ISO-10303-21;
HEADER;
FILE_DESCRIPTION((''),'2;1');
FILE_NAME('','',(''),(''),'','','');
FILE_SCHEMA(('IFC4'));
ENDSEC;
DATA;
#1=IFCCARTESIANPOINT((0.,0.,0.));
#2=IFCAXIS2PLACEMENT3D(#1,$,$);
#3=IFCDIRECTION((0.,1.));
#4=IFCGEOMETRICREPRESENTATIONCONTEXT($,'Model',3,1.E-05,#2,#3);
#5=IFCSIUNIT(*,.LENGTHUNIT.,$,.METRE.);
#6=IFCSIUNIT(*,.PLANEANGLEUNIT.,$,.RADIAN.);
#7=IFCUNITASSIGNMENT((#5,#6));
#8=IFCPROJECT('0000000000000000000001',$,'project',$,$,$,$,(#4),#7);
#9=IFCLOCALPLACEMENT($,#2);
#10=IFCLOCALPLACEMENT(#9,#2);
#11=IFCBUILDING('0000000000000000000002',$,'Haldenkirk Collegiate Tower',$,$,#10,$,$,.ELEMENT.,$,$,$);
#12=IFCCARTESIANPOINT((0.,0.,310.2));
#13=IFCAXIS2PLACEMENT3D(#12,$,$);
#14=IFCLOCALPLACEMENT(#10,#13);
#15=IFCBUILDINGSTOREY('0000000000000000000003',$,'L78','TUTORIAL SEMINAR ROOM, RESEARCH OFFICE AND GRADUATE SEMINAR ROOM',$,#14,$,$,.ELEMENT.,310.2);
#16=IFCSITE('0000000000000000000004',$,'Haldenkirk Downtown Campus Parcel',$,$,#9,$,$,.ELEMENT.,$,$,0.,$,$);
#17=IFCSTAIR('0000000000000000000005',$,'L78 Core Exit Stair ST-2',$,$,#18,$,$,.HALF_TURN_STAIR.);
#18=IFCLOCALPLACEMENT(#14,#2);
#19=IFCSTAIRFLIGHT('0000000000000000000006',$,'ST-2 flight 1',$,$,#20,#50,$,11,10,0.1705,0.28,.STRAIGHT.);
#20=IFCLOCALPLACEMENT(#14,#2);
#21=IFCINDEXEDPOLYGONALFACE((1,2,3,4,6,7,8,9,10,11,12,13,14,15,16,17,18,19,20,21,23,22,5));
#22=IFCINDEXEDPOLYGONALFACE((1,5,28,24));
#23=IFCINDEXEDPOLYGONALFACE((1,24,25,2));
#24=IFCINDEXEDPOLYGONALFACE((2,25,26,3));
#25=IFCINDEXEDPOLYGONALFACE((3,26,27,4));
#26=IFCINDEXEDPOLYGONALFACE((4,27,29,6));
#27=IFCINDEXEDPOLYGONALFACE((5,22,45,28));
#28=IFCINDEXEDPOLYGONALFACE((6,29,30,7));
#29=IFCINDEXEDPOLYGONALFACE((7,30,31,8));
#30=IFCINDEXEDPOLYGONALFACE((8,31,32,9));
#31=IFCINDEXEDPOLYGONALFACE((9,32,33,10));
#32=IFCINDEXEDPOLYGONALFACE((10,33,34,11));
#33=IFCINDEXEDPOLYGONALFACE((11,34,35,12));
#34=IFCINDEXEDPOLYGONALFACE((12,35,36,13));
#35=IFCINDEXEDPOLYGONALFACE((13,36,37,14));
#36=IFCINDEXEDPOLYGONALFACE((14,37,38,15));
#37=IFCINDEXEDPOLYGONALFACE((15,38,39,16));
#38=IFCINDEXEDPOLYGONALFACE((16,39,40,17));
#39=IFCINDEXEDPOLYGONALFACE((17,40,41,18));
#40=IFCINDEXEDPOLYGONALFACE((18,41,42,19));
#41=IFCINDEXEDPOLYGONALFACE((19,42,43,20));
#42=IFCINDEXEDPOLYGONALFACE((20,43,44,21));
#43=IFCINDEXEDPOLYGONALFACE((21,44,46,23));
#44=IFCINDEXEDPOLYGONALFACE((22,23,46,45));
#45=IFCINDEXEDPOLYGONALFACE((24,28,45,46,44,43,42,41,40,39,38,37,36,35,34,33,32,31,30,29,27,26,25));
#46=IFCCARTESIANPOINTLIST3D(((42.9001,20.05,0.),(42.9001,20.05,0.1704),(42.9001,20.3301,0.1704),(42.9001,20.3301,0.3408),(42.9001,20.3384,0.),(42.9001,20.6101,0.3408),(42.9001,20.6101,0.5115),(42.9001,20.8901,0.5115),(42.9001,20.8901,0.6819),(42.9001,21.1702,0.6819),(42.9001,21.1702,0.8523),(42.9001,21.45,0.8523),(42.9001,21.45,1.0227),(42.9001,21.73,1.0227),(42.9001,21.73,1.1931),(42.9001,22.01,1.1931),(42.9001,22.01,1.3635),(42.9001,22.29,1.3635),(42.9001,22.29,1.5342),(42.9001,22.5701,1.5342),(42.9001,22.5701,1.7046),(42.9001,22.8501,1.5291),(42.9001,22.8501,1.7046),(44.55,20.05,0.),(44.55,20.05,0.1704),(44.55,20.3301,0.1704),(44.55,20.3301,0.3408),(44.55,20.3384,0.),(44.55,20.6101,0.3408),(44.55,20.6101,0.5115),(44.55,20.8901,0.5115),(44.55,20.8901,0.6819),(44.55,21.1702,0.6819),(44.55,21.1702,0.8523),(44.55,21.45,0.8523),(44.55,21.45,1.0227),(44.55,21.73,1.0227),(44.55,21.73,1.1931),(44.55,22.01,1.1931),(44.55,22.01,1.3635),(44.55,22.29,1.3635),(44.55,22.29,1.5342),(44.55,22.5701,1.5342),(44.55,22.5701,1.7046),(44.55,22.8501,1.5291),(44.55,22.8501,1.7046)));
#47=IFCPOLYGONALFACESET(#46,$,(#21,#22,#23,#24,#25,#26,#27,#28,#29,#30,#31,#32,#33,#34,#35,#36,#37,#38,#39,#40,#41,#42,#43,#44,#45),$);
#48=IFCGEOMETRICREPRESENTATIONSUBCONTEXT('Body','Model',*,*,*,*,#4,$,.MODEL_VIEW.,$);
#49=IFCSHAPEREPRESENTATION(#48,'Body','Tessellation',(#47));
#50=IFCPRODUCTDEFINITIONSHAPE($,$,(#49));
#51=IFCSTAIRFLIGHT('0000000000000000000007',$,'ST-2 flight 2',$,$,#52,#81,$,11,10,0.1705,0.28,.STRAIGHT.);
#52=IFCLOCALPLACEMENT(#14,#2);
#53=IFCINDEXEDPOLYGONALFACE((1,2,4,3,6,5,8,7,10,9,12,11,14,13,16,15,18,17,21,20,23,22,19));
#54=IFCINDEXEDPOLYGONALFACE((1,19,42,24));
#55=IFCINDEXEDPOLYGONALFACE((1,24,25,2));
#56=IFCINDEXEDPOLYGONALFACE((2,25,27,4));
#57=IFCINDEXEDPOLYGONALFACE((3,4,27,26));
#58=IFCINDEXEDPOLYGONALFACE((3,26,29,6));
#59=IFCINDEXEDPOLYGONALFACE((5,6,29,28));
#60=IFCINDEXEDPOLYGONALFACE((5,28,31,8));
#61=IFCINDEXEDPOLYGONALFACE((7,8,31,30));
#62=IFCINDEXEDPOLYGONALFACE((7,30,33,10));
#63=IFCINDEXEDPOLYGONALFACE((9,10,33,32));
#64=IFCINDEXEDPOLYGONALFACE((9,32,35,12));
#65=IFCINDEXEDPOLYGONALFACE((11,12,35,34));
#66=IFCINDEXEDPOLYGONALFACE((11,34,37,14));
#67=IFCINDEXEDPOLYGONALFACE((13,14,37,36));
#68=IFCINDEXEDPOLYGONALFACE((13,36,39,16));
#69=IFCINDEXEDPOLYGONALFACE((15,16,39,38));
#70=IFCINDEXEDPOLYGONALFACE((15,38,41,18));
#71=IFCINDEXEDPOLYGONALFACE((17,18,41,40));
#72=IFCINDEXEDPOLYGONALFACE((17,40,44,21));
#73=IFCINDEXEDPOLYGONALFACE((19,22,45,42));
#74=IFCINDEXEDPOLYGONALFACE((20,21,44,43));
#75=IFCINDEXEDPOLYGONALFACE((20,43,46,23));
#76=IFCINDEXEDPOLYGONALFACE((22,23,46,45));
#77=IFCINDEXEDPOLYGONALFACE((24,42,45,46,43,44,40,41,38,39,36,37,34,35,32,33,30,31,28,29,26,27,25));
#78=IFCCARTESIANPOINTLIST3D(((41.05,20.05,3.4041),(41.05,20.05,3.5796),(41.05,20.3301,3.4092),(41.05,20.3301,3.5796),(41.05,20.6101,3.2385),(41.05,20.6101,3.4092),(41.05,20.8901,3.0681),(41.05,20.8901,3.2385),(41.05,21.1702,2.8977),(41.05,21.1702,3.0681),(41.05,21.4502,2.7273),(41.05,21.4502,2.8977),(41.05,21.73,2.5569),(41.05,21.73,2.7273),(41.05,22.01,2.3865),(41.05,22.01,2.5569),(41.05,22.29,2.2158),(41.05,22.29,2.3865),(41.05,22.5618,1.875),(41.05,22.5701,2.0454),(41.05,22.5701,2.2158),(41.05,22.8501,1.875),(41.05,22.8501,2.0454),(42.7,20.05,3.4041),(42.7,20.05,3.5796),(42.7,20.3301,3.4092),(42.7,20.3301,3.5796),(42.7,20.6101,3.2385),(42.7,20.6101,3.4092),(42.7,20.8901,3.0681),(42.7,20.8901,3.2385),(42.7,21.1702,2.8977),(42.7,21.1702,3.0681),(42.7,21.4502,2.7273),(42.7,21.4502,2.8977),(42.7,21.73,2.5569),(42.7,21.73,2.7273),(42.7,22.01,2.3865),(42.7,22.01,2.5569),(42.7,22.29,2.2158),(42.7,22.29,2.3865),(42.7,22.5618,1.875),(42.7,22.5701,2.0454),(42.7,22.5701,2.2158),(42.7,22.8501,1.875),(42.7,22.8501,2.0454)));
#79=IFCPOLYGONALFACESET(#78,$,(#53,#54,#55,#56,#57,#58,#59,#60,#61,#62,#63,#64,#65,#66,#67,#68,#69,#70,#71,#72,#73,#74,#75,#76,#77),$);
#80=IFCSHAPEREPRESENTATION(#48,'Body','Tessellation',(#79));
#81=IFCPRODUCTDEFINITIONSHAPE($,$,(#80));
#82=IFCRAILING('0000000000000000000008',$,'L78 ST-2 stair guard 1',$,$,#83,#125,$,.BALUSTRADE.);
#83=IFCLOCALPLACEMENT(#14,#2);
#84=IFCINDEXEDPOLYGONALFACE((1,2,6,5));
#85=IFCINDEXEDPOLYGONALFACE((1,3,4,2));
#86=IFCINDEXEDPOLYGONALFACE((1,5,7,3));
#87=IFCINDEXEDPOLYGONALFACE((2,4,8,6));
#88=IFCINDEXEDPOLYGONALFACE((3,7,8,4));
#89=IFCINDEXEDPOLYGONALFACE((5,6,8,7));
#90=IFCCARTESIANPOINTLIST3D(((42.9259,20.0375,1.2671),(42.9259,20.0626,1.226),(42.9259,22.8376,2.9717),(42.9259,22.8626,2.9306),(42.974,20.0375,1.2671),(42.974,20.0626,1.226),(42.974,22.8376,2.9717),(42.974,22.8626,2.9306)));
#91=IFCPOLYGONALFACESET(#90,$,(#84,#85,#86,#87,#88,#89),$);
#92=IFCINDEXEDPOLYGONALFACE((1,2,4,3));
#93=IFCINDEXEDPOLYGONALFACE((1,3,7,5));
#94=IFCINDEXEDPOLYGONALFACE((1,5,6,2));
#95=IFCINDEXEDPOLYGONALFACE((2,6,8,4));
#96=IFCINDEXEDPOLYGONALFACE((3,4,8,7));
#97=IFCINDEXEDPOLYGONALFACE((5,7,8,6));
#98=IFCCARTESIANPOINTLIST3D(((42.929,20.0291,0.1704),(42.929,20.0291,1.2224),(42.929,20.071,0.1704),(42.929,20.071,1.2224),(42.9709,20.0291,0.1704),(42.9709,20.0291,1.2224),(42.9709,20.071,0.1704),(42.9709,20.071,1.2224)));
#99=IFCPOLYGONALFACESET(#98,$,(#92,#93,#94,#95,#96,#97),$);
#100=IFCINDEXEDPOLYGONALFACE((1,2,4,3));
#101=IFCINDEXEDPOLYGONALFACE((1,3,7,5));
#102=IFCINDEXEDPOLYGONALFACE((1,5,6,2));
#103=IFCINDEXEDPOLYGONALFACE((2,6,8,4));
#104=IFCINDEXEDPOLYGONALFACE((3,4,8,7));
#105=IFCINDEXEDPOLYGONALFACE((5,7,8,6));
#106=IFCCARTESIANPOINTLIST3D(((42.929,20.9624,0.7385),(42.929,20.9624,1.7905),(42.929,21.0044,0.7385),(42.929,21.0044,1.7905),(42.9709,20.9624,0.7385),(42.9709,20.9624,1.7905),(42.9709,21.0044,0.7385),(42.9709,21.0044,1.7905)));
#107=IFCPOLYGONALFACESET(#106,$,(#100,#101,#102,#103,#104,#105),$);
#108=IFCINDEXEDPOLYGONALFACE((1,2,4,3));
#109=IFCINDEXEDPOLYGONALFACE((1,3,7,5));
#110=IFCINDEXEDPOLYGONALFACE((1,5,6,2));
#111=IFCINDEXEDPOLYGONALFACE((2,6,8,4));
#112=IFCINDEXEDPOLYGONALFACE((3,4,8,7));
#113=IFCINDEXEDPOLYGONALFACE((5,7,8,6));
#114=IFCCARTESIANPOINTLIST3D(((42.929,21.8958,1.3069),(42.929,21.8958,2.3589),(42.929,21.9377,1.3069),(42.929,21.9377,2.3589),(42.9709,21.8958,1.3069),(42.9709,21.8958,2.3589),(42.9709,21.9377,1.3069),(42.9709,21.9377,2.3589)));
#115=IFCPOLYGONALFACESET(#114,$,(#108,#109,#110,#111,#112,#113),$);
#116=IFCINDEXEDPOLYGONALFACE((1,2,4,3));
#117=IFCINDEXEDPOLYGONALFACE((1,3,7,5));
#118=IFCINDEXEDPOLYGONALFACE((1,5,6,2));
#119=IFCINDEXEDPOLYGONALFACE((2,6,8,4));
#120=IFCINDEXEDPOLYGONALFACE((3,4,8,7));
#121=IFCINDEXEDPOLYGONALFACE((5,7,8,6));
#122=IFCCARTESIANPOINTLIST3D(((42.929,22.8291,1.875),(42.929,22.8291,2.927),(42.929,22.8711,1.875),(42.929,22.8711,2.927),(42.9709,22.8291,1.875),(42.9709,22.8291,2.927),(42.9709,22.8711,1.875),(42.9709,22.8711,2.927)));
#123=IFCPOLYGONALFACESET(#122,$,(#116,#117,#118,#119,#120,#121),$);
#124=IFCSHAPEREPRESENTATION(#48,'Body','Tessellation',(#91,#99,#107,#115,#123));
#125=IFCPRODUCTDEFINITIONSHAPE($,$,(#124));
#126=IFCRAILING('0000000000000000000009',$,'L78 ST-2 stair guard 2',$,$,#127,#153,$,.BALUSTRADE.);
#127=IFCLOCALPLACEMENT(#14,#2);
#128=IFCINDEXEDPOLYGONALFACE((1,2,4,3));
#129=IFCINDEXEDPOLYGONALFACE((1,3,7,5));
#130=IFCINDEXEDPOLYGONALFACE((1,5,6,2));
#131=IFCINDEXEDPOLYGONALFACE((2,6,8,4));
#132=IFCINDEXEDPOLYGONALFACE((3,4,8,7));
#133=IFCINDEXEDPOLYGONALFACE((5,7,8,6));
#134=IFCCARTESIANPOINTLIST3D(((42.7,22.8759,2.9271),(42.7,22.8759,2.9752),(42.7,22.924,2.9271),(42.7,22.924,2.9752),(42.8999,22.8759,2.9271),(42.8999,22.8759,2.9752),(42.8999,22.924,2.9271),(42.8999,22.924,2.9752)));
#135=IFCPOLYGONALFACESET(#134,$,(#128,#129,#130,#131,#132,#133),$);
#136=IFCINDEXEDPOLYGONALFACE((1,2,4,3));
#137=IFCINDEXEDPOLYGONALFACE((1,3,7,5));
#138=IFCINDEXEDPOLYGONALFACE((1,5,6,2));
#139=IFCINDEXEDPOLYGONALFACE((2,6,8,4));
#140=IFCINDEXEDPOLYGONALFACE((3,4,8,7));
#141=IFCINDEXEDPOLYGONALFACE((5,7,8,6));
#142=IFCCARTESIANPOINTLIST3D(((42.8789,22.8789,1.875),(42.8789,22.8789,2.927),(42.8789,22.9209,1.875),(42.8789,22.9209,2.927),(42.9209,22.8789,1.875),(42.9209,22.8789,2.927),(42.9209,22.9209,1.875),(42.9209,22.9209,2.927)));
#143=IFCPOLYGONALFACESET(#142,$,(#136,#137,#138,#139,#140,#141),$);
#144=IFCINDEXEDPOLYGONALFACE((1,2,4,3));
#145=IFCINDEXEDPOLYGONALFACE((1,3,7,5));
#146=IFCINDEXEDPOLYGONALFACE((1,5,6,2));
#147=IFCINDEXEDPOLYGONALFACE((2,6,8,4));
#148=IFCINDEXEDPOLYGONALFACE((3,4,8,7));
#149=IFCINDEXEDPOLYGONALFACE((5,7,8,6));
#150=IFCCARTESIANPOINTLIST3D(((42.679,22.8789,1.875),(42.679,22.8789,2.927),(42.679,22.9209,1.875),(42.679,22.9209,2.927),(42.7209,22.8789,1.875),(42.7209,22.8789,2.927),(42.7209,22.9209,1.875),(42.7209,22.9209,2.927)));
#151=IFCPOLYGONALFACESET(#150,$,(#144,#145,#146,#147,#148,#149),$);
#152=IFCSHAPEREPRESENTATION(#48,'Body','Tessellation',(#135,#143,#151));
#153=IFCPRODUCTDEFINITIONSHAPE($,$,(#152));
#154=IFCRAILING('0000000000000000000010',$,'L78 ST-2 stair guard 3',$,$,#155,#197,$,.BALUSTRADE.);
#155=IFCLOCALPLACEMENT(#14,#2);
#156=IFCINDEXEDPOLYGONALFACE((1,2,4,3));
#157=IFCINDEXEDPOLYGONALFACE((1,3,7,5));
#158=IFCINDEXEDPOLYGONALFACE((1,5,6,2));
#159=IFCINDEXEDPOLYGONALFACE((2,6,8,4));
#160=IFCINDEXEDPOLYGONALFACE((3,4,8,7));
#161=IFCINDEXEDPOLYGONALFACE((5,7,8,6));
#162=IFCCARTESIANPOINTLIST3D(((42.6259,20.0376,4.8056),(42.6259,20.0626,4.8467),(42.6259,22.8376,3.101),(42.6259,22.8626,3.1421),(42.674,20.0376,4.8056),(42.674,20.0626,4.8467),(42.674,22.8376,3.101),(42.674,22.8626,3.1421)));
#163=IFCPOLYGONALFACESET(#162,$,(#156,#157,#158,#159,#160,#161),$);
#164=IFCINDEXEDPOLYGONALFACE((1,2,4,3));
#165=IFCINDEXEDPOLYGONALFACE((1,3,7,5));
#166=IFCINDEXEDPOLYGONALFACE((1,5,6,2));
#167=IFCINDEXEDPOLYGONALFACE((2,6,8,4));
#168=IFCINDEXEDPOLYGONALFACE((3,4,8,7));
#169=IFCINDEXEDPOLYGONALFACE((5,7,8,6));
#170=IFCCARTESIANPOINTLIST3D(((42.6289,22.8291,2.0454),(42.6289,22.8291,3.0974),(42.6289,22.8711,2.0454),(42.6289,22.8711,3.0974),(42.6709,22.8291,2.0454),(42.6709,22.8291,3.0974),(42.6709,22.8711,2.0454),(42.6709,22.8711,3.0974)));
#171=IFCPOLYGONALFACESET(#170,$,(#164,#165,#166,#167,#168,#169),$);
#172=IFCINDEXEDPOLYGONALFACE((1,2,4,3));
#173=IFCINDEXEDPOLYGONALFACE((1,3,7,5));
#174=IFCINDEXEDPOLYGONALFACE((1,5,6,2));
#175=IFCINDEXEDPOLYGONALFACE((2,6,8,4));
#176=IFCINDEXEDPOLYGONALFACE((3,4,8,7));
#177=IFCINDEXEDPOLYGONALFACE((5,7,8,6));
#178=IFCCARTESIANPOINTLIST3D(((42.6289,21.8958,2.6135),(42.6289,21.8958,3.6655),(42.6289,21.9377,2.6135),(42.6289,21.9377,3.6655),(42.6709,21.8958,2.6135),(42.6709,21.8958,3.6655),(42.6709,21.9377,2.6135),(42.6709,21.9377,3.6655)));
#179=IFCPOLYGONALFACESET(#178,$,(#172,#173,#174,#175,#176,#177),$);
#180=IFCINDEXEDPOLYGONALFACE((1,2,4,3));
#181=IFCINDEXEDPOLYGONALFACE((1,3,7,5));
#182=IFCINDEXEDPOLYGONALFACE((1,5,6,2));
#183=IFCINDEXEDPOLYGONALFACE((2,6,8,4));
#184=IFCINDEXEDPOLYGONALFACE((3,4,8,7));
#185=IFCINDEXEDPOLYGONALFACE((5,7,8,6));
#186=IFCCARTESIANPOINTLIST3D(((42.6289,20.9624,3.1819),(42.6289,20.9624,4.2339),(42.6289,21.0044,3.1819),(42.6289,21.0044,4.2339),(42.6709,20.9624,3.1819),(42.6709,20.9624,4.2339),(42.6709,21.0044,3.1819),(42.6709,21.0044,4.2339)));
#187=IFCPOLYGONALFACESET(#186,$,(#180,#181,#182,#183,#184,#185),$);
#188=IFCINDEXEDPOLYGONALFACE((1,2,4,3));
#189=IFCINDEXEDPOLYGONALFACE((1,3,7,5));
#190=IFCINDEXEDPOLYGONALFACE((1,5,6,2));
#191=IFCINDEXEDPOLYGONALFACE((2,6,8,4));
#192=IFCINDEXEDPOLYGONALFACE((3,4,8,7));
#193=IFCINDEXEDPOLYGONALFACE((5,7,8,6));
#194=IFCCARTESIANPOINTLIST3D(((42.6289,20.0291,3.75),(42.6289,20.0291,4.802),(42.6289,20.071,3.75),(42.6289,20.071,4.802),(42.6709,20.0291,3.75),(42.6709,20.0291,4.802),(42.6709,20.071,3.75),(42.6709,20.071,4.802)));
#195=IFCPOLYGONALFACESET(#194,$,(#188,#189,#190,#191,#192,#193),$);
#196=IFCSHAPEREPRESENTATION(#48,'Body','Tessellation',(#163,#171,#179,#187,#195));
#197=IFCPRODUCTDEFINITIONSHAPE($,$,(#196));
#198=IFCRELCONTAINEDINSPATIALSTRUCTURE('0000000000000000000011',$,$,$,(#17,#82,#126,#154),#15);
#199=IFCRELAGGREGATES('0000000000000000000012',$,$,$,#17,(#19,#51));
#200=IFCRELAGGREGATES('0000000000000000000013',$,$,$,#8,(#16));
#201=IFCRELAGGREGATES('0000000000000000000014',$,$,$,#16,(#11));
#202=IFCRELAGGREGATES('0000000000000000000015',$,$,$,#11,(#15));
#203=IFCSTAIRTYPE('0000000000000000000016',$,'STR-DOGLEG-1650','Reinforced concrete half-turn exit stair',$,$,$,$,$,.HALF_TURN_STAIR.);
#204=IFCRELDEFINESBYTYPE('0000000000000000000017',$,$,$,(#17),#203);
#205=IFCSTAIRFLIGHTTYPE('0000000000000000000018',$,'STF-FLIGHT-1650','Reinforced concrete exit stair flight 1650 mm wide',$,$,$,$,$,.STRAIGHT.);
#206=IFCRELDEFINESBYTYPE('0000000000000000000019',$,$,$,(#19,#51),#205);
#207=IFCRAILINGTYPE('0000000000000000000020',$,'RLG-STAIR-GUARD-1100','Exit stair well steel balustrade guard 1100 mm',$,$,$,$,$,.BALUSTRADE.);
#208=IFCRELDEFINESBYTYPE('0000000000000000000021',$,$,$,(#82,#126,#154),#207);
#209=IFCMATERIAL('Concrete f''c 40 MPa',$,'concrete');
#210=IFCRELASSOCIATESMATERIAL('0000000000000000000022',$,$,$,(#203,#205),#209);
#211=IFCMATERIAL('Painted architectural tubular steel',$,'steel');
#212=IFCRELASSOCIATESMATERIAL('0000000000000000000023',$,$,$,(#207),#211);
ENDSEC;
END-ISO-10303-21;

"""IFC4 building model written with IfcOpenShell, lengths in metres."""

from ifc_helpers import new_model, si_unit, direction, frame, origin, origin_2d, place, context, subcontext, project, spatial, polyline, rectangle, outline, extrude, material, type_object, element, aggregate, save


model = new_model("IFC4")

# Units and contexts
model_context = context("Model", 3, precision=1e-05, world=origin(), true_north=direction((0.0, 1.0)))
body_context = subcontext(model_context, "Body", "Model", "MODEL_VIEW")
ifc_project = project(units=[si_unit("LENGTHUNIT", "METRE"), si_unit("PLANEANGLEUNIT", "RADIAN")], contexts=[model_context])

# Site, building, storey
site_placement = place(None, origin())
site = spatial("IfcSite", under=ifc_project, at=site_placement, Name="Haldenkirk Downtown Campus Parcel", CompositionType="ELEMENT", RefElevation=0.0)
building_placement = place(site_placement, origin())
building = spatial("IfcBuilding", under=site, at=building_placement, Name="Haldenkirk Collegiate Tower", CompositionType="ELEMENT")
storey_placement = place(building_placement, frame((0.0, 0.0, 310.2)))
storey = spatial("IfcBuildingStorey", under=building, at=storey_placement, Name="L78", Description="TUTORIAL SEMINAR ROOM, RESEARCH OFFICE AND GRADUATE SEMINAR ROOM", CompositionType="ELEMENT", Elevation=310.2)

# Stair, stair flights
ifc_material_1 = material(Name="Concrete f'c 40 MPa", Category="concrete")
stair_type = type_object("IfcStairType", Name="STR-DOGLEG-1650", Description="Reinforced concrete half-turn exit stair", PredefinedType="HALF_TURN_STAIR", material=ifc_material_1)
stair_placement = place(storey_placement, origin())
stair = element("IfcStair", 1, at=stair_placement, inside=storey, type_object=stair_type, Name="L78 Core Exit Stair ST-2", PredefinedType="HALF_TURN_STAIR")
stair_flight_type = type_object("IfcStairFlightType", Name="STF-FLIGHT-1650", Description="Reinforced concrete exit stair flight 1650 mm wide", PredefinedType="STRAIGHT", material=ifc_material_1)
stair_flight_1_placement = place(storey_placement, frame((43.7251, 20.05, 0.0), z_axis=(0.0, 0.0, 1.0), x_axis=(0.0, 1.0, 0.0)))
stair_flight_1 = element("IfcStairFlight", 2, at=stair_flight_1_placement, type_object=stair_flight_type, Name="ST-2 flight 1", NumberOfRisers=11, NumberOfTreads=10, PredefinedType="STRAIGHT", RiserHeight=0.1705, TreadLength=0.28, context=body_context, shape_type="SweptSolid", body=[
    extrude(outline(polyline([(0.0, 0.0), (0.0, 0.1704), (0.28, 0.1704), (0.28, 0.3408), (0.5601, 0.3408), (0.5601, 0.5115), (0.8401, 0.5115), (0.8401, 0.6819), (1.1201, 0.6819), (1.1201, 0.8523), (1.3999, 0.8523), (1.3999, 1.0227), (1.6799, 1.0227), (1.6799, 1.1931), (1.96, 1.1931), (1.96, 1.3635), (2.24, 1.3635), (2.24, 1.5342), (2.52, 1.5342), (2.52, 1.7046), (2.8, 1.7046), (2.8, 1.875), (2.8, 1.5291), (0.2883, 0.0), (0.0, 0.0)])), frame((0.0, 0.825, 0.0), z_axis=(0.0, -1.0, 0.0), x_axis=(1.0, 0.0, 0.0)), (0.0, 0.0, 1.0), 1.6499),
])
stair_flight_2_placement = place(storey_placement, frame((41.875, 22.8501, 1.875), z_axis=(0.0, 0.0, 1.0), x_axis=(0.0, -1.0, 0.0)))
stair_flight_2 = element("IfcStairFlight", 3, at=stair_flight_2_placement, type_object=stair_flight_type, Name="ST-2 flight 2", NumberOfRisers=11, NumberOfTreads=10, PredefinedType="STRAIGHT", RiserHeight=0.1705, TreadLength=0.28, context=body_context, shape_type="SweptSolid", body=[
    extrude(outline(polyline([(0.0, 0.0), (0.0, 0.1704), (0.28, 0.1704), (0.28, 0.3408), (0.5601, 0.3408), (0.5601, 0.5115), (0.8401, 0.5115), (0.8401, 0.6819), (1.1201, 0.6819), (1.1201, 0.8523), (1.3999, 0.8523), (1.3999, 1.0227), (1.6799, 1.0227), (1.6799, 1.1931), (1.96, 1.1931), (1.96, 1.3635), (2.24, 1.3635), (2.24, 1.5342), (2.52, 1.5342), (2.52, 1.7046), (2.8, 1.7046), (2.8, 1.875), (2.8, 1.5291), (0.2883, 0.0), (0.0, 0.0)])), frame((0.0, 0.825, 0.0), z_axis=(0.0, -1.0, 0.0), x_axis=(1.0, 0.0, 0.0)), (0.0, 0.0, 1.0), 1.6499),
])
aggregate(stair, [stair_flight_1, stair_flight_2])

# Railings
ifc_material_2 = material(Name="Painted architectural tubular steel", Category="steel")
railing_type_1 = type_object("IfcRailingType", Name="RLG-STAIR-GUARD-1100", Description="Exit stair well steel balustrade guard 1100 mm", PredefinedType="BALUSTRADE", material=ifc_material_2)
railing_1_placement = place(storey_placement, frame((42.95, 20.05, 0.1704)))
element("IfcRailing", 4, at=railing_1_placement, inside=storey, type_object=railing_type_1, Name="L78 ST-2 stair guard 1", PredefinedType="BALUSTRADE", context=body_context, shape_type="SweptSolid", body=[
    extrude(rectangle(XDim=0.0481, YDim=0.0481, at=origin_2d()), frame((0.0, 0.0, 1.0762), z_axis=(0.0, 0.85417, 0.519994), x_axis=(-1.0, 0.0, 0.0)), (0.0, 0.0, 1.0), 3.2781),
    extrude(rectangle(XDim=0.042, YDim=0.042, at=origin_2d()), origin(), (0.0, 0.0, 1.0), 1.052),
    extrude(rectangle(XDim=0.042, YDim=0.042, at=origin_2d()), frame((0.0, 0.9333, 0.5681)), (0.0, 0.0, 1.0), 1.052),
    extrude(rectangle(XDim=0.042, YDim=0.042, at=origin_2d()), frame((0.0, 1.8667, 1.1365)), (0.0, 0.0, 1.0), 1.052),
    extrude(rectangle(XDim=0.042, YDim=0.042, at=origin_2d()), frame((0.0, 2.8, 1.7046)), (0.0, 0.0, 1.0), 1.052),
])
railing_2_placement = place(storey_placement, frame((42.8999, 22.8999, 1.875)))
element("IfcRailing", 5, at=railing_2_placement, inside=storey, type_object=railing_type_1, Name="L78 ST-2 stair guard 2", PredefinedType="BALUSTRADE", context=body_context, shape_type="SweptSolid", body=[
    extrude(rectangle(XDim=0.0481, YDim=0.0481, at=origin_2d()), frame((0.0, 0.0, 1.0762), z_axis=(-1.0, 0.0, 0.0), x_axis=(0.0, -1.0, 0.0)), (0.0, 0.0, 1.0), 0.2),
    extrude(rectangle(XDim=0.042, YDim=0.042, at=origin_2d()), origin(), (0.0, 0.0, 1.0), 1.052),
    extrude(rectangle(XDim=0.042, YDim=0.042, at=origin_2d()), frame((-0.2, 0.0, 0.0)), (0.0, 0.0, 1.0), 1.052),
])
railing_3_placement = place(storey_placement, frame((42.6499, 22.8501, 2.0454)))
element("IfcRailing", 6, at=railing_3_placement, inside=storey, type_object=railing_type_1, Name="L78 ST-2 stair guard 3", PredefinedType="BALUSTRADE", context=body_context, shape_type="SweptSolid", body=[
    extrude(rectangle(XDim=0.0481, YDim=0.0481, at=origin_2d()), frame((0.0, 0.0, 1.0762), z_axis=(0.0, -0.85417, 0.519994), x_axis=(1.0, 0.0, 0.0)), (0.0, 0.0, 1.0), 3.2781),
    extrude(rectangle(XDim=0.042, YDim=0.042, at=origin_2d()), origin(), (0.0, 0.0, 1.0), 1.052),
    extrude(rectangle(XDim=0.042, YDim=0.042, at=origin_2d()), frame((0.0, -0.9333, 0.5681)), (0.0, 0.0, 1.0), 1.052),
    extrude(rectangle(XDim=0.042, YDim=0.042, at=origin_2d()), frame((0.0, -1.8667, 1.1365)), (0.0, 0.0, 1.0), 1.052),
    extrude(rectangle(XDim=0.042, YDim=0.042, at=origin_2d()), frame((0.0, -2.8, 1.7046)), (0.0, 0.0, 1.0), 1.052),
])

save(model, "model.ifc")
